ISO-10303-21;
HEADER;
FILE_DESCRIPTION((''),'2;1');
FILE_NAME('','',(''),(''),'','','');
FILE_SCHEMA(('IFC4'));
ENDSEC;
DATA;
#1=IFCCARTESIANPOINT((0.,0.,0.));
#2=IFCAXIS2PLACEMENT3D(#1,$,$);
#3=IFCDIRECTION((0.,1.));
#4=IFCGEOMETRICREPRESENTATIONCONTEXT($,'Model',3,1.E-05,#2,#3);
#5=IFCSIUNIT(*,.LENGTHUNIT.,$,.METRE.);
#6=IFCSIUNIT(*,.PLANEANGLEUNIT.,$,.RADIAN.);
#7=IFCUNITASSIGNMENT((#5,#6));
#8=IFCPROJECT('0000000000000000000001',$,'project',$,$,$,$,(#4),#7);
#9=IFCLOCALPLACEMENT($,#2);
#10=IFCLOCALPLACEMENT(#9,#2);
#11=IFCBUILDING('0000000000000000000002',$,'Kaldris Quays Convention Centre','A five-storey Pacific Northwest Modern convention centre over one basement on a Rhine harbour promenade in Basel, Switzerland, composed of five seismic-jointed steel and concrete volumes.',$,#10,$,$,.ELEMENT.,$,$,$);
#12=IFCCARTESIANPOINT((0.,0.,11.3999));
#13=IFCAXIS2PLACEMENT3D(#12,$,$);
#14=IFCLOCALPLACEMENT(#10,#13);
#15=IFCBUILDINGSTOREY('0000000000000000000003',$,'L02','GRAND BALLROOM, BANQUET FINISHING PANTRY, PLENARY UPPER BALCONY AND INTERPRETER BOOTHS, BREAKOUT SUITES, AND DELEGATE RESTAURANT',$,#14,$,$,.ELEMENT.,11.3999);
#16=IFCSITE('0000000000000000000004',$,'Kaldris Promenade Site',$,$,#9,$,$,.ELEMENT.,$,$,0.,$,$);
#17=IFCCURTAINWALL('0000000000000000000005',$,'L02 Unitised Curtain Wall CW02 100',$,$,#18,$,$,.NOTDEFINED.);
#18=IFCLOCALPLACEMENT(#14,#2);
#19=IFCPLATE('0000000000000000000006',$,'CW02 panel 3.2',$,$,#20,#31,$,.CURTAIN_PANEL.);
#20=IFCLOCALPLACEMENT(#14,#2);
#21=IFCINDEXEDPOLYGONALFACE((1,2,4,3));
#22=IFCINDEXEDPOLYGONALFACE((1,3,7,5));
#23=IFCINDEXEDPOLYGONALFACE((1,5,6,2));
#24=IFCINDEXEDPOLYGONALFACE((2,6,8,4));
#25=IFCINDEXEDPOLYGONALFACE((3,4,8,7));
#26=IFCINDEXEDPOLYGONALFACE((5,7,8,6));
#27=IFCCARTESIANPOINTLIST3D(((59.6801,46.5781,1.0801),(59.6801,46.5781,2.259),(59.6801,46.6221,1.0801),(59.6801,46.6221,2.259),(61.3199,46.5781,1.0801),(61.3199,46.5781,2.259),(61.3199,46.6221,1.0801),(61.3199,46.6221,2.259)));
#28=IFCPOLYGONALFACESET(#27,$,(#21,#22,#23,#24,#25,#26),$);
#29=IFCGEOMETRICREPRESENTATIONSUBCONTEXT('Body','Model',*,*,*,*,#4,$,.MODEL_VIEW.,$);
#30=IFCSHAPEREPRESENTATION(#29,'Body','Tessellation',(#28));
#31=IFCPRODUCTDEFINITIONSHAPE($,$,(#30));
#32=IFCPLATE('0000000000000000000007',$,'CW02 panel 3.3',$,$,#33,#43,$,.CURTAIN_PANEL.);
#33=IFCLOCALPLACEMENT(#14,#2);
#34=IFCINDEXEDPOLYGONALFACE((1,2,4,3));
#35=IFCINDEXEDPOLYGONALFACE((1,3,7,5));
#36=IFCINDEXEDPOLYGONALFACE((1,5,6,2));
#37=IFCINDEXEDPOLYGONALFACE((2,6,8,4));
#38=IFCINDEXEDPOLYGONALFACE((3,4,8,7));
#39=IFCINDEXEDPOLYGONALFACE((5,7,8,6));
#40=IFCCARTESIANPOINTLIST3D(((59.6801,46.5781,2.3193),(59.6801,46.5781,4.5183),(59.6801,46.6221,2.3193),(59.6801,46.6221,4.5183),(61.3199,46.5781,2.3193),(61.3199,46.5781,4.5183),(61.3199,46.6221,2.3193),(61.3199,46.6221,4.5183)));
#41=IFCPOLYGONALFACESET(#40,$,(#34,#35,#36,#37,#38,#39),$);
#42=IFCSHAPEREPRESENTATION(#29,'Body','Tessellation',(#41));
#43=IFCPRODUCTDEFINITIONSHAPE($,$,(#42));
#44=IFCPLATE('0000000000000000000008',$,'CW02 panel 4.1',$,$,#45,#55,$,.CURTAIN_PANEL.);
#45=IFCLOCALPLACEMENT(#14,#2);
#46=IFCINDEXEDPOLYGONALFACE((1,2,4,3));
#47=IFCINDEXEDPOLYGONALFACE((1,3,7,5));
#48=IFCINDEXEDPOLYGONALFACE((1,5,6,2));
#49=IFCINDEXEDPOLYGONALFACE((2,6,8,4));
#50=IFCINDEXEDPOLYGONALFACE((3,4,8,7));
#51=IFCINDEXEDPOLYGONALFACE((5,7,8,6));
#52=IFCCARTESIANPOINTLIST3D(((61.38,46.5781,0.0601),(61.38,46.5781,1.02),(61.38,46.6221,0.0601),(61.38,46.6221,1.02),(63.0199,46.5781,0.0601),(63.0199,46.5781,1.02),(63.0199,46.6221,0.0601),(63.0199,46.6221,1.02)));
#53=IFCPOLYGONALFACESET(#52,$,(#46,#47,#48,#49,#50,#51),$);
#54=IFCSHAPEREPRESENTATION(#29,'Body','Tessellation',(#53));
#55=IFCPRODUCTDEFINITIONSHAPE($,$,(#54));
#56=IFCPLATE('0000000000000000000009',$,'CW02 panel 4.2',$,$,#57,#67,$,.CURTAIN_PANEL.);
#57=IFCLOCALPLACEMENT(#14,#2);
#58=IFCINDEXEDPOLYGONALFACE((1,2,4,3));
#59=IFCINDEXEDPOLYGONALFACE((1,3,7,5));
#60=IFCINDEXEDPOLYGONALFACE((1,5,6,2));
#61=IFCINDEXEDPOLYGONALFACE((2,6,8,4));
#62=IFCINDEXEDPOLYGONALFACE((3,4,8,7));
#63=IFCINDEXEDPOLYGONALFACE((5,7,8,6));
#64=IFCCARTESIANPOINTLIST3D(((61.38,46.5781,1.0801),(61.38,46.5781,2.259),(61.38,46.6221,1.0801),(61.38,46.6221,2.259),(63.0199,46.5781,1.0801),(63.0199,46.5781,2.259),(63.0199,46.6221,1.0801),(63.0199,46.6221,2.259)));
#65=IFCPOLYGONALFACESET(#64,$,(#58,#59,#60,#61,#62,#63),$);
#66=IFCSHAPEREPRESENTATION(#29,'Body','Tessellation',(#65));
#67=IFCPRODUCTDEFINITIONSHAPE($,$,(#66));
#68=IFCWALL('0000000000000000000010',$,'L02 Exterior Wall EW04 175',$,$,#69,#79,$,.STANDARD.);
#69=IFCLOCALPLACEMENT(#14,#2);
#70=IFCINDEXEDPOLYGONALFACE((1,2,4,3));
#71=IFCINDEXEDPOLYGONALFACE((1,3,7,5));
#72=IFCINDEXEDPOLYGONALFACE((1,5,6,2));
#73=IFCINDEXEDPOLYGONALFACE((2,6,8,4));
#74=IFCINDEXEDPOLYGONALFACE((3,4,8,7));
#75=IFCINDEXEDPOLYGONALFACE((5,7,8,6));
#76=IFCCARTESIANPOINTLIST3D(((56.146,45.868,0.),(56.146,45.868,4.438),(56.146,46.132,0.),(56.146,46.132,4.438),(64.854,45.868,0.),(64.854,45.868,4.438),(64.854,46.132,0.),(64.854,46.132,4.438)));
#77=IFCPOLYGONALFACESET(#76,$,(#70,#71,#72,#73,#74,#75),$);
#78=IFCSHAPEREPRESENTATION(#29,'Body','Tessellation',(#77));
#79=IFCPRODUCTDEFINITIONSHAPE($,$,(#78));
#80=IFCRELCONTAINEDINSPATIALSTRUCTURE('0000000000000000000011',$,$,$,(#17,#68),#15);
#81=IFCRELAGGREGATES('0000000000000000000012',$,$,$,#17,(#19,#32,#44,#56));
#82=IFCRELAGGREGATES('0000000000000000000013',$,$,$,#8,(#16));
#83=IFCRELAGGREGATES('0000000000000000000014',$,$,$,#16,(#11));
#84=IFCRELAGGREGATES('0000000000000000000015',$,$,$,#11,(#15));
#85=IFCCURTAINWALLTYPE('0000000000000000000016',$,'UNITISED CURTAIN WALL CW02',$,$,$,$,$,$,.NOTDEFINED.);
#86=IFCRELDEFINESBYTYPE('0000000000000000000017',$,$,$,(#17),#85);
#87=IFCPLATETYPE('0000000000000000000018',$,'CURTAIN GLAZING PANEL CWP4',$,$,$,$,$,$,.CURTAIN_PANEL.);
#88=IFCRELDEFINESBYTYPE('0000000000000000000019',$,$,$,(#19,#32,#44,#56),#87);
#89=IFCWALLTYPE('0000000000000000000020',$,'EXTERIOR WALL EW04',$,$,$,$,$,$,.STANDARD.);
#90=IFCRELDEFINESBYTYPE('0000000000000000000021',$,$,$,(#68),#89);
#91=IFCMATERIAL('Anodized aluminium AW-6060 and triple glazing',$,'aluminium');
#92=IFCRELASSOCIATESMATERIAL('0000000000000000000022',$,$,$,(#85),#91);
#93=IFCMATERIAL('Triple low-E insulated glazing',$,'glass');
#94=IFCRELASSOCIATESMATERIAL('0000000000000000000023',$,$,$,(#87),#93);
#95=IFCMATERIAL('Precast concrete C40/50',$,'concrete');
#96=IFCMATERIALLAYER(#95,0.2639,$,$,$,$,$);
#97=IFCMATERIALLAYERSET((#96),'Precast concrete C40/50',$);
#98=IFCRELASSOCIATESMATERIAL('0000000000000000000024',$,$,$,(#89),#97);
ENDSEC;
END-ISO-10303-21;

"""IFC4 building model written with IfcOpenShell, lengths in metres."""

from ifc_helpers import new_model, si_unit, direction, frame, frame_2d, origin, origin_2d, place, context, subcontext, project, spatial, rectangle, extrude, material, layer, layer_set, type_object, element, aggregate, save


model = new_model("IFC4")

# Units and contexts
model_context = context("Model", 3, precision=1e-05, world=origin(), true_north=direction((0.0, 1.0)))
body_context = subcontext(model_context, "Body", "Model", "MODEL_VIEW")
ifc_project = project(units=[si_unit("LENGTHUNIT", "METRE"), si_unit("PLANEANGLEUNIT", "RADIAN")], contexts=[model_context])

# Site, building, storey
site_placement = place(None, origin())
site = spatial("IfcSite", under=ifc_project, at=site_placement, Name="Kaldris Promenade Site", CompositionType="ELEMENT", RefElevation=0.0)
building_placement = place(site_placement, origin())
building = spatial("IfcBuilding", under=site, at=building_placement, Name="Kaldris Quays Convention Centre", Description="A five-storey Pacific Northwest Modern convention centre over one basement on a Rhine harbour promenade in Basel, Switzerland, composed of five seismic-jointed steel and concrete volumes.", CompositionType="ELEMENT")
storey_placement = place(building_placement, frame((0.0, 0.0, 11.3999)))
storey = spatial("IfcBuildingStorey", under=building, at=storey_placement, Name="L02", Description="GRAND BALLROOM, BANQUET FINISHING PANTRY, PLENARY UPPER BALCONY AND INTERPRETER BOOTHS, BREAKOUT SUITES, AND DELEGATE RESTAURANT", CompositionType="ELEMENT", Elevation=11.3999)

# Curtain wall
ifc_material_1 = material(Name="Anodized aluminium AW-6060 and triple glazing", Category="aluminium")
curtain_wall_type = type_object("IfcCurtainWallType", Name="UNITISED CURTAIN WALL CW02", PredefinedType="NOTDEFINED", material=ifc_material_1)
curtain_wall_placement = place(storey_placement, origin())
curtain_wall = element("IfcCurtainWall", 1, at=curtain_wall_placement, inside=storey, type_object=curtain_wall_type, Name="L02 Unitised Curtain Wall CW02 100", PredefinedType="NOTDEFINED")

# Plates
ifc_material_2 = material(Name="Triple low-E insulated glazing", Category="glass")
plate_type = type_object("IfcPlateType", Name="CURTAIN GLAZING PANEL CWP4", PredefinedType="CURTAIN_PANEL", material=ifc_material_2)
plate_1_placement = place(storey_placement, frame((60.5, 46.6001, 1.0801), z_axis=(0.0, 0.0, 1.0), x_axis=(1.0, 0.0, 0.0)))
plate_1 = element("IfcPlate", 2, at=plate_1_placement, type_object=plate_type, Name="CW02 panel 3.2", PredefinedType="CURTAIN_PANEL", context=body_context, shape_type="SweptSolid", body=[
    extrude(rectangle(XDim=1.6399, YDim=0.0439, at=origin_2d()), origin(), (0.0, 0.0, 1.0), 1.179),
])
plate_2_placement = place(storey_placement, frame((60.5, 46.6001, 2.3193), z_axis=(0.0, 0.0, 1.0), x_axis=(1.0, 0.0, 0.0)))
plate_2 = element("IfcPlate", 3, at=plate_2_placement, type_object=plate_type, Name="CW02 panel 3.3", PredefinedType="CURTAIN_PANEL", context=body_context, shape_type="SweptSolid", body=[
    extrude(rectangle(XDim=1.6399, YDim=0.0439, at=origin_2d()), origin(), (0.0, 0.0, 1.0), 2.199),
])
plate_3_placement = place(storey_placement, frame((62.2, 46.6001, 0.0601), z_axis=(0.0, 0.0, 1.0), x_axis=(1.0, 0.0, 0.0)))
plate_3 = element("IfcPlate", 4, at=plate_3_placement, type_object=plate_type, Name="CW02 panel 4.1", PredefinedType="CURTAIN_PANEL", context=body_context, shape_type="SweptSolid", body=[
    extrude(rectangle(XDim=1.6399, YDim=0.0439, at=origin_2d()), origin(), (0.0, 0.0, 1.0), 0.96),
])
plate_4_placement = place(storey_placement, frame((62.2, 46.6001, 1.0801), z_axis=(0.0, 0.0, 1.0), x_axis=(1.0, 0.0, 0.0)))
plate_4 = element("IfcPlate", 5, at=plate_4_placement, type_object=plate_type, Name="CW02 panel 4.2", PredefinedType="CURTAIN_PANEL", context=body_context, shape_type="SweptSolid", body=[
    extrude(rectangle(XDim=1.6399, YDim=0.0439, at=origin_2d()), origin(), (0.0, 0.0, 1.0), 1.179),
])
aggregate(curtain_wall, [plate_1, plate_2, plate_3, plate_4])

# Wall
ifc_material_3 = material(Name="Precast concrete C40/50", Category="concrete")
ifc_layer = layer(ifc_material_3, 0.2639)
ifc_layer_set = layer_set([ifc_layer], Name="Precast concrete C40/50")
wall_type = type_object("IfcWallType", Name="EXTERIOR WALL EW04", PredefinedType="STANDARD", material=ifc_layer_set)
wall_placement = place(storey_placement, frame((56.146, 46.0, 0.0), z_axis=(0.0, 0.0, 1.0), x_axis=(1.0, 0.0, 0.0)))
element("IfcWall", 6, at=wall_placement, inside=storey, type_object=wall_type, Name="L02 Exterior Wall EW04 175", PredefinedType="STANDARD", context=body_context, shape_type="SweptSolid", body=[
    extrude(rectangle(XDim=8.708, YDim=0.2639, at=frame_2d((4.354, 0.0))), origin(), (0.0, 0.0, 1.0), 4.438),
])

save(model, "model.ifc")
